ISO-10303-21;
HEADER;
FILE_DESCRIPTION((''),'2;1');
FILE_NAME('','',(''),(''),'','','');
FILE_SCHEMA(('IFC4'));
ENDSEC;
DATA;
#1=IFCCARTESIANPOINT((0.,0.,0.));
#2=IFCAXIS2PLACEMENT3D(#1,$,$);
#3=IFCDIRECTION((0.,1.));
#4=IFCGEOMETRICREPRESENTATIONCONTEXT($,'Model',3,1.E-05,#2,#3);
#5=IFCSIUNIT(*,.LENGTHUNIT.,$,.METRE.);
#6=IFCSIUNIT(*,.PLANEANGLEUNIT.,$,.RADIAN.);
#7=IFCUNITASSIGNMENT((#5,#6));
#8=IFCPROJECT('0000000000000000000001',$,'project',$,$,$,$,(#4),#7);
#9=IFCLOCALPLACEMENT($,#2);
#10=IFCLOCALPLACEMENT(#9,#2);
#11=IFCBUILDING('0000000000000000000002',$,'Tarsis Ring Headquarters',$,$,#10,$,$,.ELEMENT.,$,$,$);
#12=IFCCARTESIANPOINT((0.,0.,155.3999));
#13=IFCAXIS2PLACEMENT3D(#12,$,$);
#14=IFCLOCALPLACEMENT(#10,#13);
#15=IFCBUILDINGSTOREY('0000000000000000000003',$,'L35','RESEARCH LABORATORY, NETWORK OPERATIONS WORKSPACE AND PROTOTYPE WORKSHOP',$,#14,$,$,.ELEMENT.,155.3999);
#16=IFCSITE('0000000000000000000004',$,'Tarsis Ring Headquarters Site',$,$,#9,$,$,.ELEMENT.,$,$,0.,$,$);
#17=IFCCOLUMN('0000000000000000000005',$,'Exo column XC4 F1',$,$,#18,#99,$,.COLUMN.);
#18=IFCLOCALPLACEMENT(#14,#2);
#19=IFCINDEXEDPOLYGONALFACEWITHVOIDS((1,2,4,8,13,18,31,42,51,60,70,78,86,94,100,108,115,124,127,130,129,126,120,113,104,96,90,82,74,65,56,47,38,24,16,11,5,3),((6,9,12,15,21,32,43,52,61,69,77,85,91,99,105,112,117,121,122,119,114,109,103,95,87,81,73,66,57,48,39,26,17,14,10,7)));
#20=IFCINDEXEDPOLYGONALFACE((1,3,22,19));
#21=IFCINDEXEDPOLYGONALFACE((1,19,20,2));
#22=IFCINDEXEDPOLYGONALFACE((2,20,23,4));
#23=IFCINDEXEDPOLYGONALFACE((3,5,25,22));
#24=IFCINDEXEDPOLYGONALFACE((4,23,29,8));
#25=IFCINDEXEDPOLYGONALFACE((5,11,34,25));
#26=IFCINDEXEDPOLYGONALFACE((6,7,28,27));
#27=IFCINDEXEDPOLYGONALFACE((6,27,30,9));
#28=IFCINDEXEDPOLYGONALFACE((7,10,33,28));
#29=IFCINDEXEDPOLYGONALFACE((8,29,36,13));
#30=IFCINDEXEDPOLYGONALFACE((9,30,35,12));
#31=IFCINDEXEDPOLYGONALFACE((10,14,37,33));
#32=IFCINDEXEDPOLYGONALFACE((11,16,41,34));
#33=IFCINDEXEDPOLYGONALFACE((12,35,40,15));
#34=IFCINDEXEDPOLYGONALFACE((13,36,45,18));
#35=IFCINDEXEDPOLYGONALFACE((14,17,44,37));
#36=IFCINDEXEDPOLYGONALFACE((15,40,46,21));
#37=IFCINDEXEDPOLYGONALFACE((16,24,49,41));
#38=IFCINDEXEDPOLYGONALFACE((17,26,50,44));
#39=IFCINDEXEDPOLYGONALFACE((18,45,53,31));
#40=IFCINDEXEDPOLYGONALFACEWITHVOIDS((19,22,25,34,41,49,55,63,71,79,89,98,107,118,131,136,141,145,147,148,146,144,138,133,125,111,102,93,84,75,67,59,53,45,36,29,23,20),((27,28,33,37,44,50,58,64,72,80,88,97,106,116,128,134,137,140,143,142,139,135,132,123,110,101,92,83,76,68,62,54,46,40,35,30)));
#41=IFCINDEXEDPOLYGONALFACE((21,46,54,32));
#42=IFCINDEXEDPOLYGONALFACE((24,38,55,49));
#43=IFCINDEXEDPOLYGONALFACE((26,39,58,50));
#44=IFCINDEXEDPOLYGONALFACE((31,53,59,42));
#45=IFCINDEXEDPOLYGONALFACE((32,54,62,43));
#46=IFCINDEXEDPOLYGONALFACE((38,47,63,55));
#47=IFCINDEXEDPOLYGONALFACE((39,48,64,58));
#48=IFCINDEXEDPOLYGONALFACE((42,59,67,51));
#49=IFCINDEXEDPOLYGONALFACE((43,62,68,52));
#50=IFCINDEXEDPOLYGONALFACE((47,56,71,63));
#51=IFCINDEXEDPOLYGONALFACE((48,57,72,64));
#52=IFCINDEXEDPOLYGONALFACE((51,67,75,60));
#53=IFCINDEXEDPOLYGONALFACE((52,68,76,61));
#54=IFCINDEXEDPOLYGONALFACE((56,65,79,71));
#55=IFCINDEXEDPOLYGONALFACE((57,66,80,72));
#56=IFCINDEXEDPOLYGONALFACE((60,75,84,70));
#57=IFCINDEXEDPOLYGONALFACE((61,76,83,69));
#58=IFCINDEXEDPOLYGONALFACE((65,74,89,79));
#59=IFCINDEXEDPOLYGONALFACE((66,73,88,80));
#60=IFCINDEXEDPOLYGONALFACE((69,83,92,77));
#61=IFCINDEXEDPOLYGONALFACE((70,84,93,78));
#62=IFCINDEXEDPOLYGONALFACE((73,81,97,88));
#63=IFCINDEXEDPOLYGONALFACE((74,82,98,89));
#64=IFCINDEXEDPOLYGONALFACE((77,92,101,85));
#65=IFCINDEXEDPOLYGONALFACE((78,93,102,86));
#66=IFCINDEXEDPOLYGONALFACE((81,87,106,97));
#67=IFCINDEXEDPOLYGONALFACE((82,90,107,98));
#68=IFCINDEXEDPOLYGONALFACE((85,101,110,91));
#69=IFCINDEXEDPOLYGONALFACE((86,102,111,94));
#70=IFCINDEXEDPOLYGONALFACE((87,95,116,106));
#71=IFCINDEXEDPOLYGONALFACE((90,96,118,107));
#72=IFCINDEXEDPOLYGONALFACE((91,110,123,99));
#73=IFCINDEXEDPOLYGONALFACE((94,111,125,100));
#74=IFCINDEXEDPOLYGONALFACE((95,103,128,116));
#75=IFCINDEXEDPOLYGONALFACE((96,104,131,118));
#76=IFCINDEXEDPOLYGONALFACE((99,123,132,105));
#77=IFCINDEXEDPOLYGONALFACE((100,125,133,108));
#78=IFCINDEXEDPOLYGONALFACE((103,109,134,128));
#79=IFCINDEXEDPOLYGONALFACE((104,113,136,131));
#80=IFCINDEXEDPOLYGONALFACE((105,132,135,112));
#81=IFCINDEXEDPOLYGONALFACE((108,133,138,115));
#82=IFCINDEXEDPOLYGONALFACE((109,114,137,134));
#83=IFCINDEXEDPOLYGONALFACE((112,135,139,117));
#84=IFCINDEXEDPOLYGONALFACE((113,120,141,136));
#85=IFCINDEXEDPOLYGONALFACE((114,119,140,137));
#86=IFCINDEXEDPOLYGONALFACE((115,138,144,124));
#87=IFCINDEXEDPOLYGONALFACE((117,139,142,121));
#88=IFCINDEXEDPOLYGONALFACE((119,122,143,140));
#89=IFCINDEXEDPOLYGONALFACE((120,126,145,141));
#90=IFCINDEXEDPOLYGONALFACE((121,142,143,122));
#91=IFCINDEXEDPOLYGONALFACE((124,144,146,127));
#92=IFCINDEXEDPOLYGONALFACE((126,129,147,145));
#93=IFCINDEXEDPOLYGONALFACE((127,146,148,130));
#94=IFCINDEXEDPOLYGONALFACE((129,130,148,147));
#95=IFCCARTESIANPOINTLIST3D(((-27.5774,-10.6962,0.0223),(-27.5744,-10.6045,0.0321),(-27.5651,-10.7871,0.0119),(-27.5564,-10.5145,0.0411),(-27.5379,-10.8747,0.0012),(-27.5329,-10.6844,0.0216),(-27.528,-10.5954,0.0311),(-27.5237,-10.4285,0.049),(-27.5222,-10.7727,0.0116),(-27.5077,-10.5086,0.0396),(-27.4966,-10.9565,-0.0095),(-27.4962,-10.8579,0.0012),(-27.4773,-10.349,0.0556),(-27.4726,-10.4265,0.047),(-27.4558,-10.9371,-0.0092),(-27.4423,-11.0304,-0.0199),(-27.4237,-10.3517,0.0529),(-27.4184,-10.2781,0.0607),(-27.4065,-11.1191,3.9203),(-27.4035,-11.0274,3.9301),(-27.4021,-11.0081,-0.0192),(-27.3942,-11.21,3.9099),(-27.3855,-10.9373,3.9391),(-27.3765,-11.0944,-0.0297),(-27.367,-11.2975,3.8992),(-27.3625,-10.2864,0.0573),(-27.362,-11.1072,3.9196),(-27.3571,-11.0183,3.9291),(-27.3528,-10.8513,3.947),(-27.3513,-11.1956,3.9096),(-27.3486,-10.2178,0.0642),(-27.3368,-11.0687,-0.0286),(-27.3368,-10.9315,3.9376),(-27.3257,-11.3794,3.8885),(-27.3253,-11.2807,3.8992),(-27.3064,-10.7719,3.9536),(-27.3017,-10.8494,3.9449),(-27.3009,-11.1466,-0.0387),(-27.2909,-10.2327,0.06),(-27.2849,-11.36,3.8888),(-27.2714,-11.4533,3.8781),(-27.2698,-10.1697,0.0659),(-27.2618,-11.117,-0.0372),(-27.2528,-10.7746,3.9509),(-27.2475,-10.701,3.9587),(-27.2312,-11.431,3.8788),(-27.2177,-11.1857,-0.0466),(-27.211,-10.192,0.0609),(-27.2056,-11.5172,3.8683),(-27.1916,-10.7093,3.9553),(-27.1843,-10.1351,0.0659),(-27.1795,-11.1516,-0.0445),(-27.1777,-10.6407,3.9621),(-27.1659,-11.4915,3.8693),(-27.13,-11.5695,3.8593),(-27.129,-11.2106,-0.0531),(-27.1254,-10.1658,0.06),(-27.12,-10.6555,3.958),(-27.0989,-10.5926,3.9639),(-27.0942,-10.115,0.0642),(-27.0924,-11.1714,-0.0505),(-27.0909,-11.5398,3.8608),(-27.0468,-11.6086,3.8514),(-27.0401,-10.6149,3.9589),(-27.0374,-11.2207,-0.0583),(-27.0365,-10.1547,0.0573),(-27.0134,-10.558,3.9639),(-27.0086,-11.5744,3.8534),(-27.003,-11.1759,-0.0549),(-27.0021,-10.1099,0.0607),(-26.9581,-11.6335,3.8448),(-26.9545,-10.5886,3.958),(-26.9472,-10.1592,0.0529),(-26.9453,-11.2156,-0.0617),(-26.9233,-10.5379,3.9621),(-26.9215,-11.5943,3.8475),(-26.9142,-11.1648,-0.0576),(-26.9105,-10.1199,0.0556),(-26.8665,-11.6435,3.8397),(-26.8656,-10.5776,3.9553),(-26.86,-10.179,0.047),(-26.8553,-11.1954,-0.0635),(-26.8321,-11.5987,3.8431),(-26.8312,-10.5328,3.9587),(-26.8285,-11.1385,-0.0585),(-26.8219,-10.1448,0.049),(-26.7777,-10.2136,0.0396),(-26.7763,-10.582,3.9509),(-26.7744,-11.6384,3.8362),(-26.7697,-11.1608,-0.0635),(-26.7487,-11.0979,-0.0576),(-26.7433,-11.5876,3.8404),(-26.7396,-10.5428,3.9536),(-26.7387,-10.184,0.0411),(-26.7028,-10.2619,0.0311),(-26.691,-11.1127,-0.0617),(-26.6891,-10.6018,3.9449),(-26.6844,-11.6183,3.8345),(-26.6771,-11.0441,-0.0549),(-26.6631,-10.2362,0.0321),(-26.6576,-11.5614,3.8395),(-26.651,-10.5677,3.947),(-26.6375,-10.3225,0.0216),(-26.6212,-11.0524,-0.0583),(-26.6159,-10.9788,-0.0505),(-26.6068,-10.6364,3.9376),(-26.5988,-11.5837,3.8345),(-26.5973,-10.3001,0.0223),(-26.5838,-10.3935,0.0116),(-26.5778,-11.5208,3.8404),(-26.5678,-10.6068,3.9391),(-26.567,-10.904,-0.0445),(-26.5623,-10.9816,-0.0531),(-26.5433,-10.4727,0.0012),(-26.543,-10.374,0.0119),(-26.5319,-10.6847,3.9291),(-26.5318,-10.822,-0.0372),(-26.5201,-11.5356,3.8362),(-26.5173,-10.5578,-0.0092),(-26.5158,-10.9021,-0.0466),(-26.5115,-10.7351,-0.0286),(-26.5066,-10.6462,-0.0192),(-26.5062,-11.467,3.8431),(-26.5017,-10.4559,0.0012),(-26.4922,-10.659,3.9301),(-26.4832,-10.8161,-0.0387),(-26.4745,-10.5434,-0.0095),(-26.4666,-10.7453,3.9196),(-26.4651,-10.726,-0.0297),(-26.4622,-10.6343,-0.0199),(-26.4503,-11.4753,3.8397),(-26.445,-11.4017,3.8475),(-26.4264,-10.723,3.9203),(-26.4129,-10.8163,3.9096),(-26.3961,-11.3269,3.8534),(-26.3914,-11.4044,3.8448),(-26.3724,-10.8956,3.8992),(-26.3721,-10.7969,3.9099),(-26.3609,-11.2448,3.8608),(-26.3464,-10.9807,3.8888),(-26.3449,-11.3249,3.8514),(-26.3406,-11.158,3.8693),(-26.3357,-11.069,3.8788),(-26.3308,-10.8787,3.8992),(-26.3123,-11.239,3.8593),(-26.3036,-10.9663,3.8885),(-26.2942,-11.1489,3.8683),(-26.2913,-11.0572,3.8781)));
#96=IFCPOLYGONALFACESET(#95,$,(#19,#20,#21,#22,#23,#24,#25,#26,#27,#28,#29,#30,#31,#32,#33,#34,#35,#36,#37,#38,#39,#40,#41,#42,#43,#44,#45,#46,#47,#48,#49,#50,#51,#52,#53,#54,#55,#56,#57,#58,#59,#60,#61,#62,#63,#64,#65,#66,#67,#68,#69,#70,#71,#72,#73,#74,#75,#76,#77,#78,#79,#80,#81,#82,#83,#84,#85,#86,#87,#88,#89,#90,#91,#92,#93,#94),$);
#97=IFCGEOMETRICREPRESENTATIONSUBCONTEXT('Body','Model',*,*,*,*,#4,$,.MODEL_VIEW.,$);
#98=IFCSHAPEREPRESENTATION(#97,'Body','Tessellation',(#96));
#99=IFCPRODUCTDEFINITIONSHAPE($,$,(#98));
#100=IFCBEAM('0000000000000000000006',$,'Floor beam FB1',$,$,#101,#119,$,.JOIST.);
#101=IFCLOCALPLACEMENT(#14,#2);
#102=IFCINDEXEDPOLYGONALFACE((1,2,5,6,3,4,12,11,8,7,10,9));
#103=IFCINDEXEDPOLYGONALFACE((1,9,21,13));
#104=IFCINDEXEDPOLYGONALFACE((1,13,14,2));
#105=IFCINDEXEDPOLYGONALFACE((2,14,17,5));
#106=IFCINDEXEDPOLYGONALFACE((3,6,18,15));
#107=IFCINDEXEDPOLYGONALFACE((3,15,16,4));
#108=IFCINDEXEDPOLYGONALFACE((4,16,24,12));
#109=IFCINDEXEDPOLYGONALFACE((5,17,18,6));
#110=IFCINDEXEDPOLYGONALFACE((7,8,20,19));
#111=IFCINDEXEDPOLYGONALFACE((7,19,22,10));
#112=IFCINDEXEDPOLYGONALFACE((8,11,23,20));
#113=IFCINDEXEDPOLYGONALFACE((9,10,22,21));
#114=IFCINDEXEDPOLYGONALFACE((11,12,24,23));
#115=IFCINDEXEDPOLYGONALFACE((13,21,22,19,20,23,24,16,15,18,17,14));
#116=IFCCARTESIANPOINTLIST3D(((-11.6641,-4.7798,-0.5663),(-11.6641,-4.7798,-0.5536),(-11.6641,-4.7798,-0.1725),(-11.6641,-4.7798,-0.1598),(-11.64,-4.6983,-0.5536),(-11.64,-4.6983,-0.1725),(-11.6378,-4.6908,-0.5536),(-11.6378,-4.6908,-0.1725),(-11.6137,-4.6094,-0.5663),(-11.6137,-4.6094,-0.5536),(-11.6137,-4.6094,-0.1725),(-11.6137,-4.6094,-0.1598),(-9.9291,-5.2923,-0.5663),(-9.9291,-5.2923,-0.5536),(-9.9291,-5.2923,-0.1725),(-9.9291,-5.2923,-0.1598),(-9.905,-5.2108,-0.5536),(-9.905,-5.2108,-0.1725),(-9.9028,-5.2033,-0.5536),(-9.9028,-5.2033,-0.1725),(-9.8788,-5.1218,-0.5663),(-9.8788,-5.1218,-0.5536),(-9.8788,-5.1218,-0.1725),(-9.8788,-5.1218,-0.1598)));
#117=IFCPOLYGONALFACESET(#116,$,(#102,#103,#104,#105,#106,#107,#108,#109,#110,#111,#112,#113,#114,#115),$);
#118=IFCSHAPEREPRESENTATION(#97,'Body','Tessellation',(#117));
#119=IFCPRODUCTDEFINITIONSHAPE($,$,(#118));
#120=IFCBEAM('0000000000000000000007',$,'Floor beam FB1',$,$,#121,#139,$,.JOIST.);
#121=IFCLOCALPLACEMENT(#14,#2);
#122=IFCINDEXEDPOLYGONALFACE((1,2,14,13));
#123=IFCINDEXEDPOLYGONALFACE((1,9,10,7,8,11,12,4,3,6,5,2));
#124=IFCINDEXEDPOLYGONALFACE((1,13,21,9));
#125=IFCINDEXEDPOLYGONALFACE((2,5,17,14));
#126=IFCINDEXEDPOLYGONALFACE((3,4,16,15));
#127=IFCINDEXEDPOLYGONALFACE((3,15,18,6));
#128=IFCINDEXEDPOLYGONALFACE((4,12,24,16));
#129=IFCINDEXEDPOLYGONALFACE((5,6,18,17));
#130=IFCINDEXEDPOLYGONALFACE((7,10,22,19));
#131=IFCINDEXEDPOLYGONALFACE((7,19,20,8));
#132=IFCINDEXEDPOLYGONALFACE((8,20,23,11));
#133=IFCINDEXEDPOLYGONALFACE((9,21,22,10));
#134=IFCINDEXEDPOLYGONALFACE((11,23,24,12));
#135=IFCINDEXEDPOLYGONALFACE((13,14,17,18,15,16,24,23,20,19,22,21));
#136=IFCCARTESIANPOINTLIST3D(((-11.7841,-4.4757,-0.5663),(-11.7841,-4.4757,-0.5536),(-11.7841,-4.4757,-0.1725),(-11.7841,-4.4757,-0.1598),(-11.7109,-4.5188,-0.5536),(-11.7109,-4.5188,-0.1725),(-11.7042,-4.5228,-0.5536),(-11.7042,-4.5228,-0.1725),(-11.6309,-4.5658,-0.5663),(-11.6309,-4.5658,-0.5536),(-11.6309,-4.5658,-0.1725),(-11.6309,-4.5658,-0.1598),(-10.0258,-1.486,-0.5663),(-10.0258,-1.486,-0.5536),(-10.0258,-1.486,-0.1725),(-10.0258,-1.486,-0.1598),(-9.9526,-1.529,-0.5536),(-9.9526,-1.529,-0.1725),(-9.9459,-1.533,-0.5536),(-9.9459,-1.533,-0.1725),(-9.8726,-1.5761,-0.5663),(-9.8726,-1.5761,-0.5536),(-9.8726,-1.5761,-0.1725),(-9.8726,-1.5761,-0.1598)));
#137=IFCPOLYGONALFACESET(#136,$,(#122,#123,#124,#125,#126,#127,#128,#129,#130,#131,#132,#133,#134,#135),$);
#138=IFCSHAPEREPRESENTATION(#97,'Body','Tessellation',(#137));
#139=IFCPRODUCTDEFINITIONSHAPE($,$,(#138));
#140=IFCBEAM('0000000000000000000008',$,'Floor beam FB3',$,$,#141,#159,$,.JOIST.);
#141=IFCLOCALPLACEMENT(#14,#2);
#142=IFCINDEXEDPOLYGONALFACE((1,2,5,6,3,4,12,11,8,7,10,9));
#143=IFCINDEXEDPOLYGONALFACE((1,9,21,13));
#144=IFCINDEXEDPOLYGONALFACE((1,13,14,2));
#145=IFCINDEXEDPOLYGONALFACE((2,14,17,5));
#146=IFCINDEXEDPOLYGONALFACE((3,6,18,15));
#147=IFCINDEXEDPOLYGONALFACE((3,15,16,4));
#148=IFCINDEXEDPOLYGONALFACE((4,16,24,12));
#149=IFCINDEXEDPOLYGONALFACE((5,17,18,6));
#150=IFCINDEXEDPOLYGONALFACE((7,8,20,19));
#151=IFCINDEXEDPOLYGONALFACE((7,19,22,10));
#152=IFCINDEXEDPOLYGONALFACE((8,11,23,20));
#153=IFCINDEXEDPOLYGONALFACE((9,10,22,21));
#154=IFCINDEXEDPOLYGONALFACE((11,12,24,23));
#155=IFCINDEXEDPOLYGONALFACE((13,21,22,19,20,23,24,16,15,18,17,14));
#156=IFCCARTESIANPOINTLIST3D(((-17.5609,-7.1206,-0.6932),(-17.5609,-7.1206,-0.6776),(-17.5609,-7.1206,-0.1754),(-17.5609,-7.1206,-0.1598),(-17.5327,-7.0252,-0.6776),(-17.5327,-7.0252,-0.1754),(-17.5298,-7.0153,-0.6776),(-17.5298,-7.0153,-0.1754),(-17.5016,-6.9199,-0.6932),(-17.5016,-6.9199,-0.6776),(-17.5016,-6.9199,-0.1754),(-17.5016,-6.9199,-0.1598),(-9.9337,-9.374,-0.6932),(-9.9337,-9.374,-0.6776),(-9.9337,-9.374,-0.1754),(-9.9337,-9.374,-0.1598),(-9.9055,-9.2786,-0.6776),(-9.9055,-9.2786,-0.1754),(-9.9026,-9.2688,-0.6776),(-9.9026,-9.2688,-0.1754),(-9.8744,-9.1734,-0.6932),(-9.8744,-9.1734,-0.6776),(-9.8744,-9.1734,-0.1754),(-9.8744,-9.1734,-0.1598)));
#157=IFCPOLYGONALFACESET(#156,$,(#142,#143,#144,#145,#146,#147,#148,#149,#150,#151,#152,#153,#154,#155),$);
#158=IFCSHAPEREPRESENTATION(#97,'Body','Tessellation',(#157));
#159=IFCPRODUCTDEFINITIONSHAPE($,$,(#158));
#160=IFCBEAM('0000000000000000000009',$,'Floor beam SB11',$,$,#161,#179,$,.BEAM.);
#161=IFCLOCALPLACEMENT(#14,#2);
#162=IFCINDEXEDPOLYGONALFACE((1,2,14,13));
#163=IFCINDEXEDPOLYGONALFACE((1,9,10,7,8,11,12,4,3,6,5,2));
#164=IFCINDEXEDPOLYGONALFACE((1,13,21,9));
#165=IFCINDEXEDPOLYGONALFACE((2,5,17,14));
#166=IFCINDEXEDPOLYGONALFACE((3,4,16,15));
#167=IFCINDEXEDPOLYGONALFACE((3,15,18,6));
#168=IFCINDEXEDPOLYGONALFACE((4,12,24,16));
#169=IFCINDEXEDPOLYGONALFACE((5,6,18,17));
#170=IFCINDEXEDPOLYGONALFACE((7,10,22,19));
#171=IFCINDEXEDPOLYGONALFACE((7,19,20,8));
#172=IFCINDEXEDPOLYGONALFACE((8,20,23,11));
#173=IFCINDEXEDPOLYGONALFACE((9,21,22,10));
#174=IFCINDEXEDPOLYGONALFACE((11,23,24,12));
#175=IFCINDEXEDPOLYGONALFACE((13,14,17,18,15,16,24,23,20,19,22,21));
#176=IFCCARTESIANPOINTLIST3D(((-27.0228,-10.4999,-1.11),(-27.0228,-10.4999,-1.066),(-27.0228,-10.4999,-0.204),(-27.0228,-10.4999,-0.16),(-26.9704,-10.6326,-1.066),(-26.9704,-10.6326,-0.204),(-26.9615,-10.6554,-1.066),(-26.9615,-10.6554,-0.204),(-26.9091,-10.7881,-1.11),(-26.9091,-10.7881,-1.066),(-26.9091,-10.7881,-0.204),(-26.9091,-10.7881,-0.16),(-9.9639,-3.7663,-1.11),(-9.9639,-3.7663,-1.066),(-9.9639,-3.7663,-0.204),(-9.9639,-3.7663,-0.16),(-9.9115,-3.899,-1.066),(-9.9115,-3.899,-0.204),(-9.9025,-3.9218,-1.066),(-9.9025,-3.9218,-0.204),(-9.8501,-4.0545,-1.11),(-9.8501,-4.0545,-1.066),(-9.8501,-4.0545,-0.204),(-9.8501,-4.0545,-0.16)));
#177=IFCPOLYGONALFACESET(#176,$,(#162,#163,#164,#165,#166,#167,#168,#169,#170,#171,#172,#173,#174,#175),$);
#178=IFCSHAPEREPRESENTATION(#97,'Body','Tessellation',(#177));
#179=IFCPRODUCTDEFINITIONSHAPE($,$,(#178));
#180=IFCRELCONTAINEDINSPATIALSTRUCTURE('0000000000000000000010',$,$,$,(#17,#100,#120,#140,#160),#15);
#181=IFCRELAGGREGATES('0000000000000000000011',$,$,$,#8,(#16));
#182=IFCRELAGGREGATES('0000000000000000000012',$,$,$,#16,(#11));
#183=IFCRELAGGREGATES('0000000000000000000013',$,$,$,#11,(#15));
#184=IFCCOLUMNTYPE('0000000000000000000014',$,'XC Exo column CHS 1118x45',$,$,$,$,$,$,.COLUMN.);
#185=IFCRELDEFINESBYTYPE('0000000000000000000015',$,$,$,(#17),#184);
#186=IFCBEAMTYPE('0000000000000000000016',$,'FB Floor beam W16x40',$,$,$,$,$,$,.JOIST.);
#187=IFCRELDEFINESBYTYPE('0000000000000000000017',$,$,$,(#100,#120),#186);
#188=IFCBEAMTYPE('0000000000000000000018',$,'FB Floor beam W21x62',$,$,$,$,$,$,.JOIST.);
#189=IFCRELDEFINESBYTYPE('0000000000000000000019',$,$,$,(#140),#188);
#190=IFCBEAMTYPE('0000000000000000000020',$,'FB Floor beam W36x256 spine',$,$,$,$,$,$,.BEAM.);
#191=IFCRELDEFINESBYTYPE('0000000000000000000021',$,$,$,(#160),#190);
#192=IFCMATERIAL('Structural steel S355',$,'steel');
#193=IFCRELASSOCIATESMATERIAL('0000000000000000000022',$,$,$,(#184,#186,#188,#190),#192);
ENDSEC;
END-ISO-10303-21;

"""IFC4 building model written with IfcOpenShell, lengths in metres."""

from ifc_helpers import new_model, si_unit, direction, frame, origin, origin_2d, place, context, subcontext, project, spatial, hollow_circle, i_section, extrude, material, material_profile, profile_set, type_object, element, save


model = new_model("IFC4")

# Units and contexts
model_context = context("Model", 3, precision=1e-05, world=origin(), true_north=direction((0.0, 1.0)))
body_context = subcontext(model_context, "Body", "Model", "MODEL_VIEW")
ifc_project = project(units=[si_unit("LENGTHUNIT", "METRE"), si_unit("PLANEANGLEUNIT", "RADIAN")], contexts=[model_context])

# Site, building, storey
site_placement = place(None, origin())
site = spatial("IfcSite", under=ifc_project, at=site_placement, Name="Tarsis Ring Headquarters Site", CompositionType="ELEMENT", RefElevation=0.0)
building_placement = place(site_placement, origin())
building = spatial("IfcBuilding", under=site, at=building_placement, Name="Tarsis Ring Headquarters", CompositionType="ELEMENT")
storey_placement = place(building_placement, frame((0.0, 0.0, 155.3999)))
storey = spatial("IfcBuildingStorey", under=building, at=storey_placement, Name="L35", Description="RESEARCH LABORATORY, NETWORK OPERATIONS WORKSPACE AND PROTOTYPE WORKSHOP", CompositionType="ELEMENT", Elevation=155.3999)

# Column
ifc_material_1 = material(Name="Structural steel S355", Category="steel")
ifc_material_profile_1 = material_profile(ifc_material_1, hollow_circle(Radius=0.5588, WallThickness=0.0449, at=origin_2d()), Name="CHS 1118x45")
ifc_profile_set_1 = profile_set([ifc_material_profile_1], Name="Structural steel S355")
column_type = type_object("IfcColumnType", Name="XC Exo column CHS 1118x45", PredefinedType="COLUMN", material=ifc_profile_set_1)
column_placement = place(storey_placement, frame((-27.0198, -10.6653, 0.0012), z_axis=(0.043546, -0.107745, 0.993224), x_axis=(0.927142, 0.374711, 0.0)))
element("IfcColumn", 1, at=column_placement, inside=storey, type_object=column_type, Name="Exo column XC4 F1", PredefinedType="COLUMN", context=body_context, shape_type="SweptSolid", body=[
    extrude(hollow_circle(Radius=0.5588, WallThickness=0.0449, at=origin_2d()), origin(), (0.0, 0.0, 1.0), 3.9246),
])

# Beams
ifc_material_profile_2 = material_profile(ifc_material_1, i_section(OverallWidth=0.1777, OverallDepth=0.4065, WebThickness=0.0078, FlangeThickness=0.0127, at=origin_2d()), Name="W16x40")
ifc_profile_set_2 = profile_set([ifc_material_profile_2], Name="Structural steel S355")
beam_type_1 = type_object("IfcBeamType", Name="FB Floor beam W16x40", PredefinedType="JOIST", material=ifc_profile_set_2)
beam_1_placement = place(storey_placement, frame((-11.6389, -4.6946, -0.363), z_axis=(0.959036, -0.283284, 0.0), x_axis=(0.283284, 0.959036, 0.0)))
element("IfcBeam", 2, at=beam_1_placement, inside=storey, type_object=beam_type_1, Name="Floor beam FB1", PredefinedType="JOIST", context=body_context, shape_type="SweptSolid", body=[
    extrude(i_section(OverallWidth=0.1777, OverallDepth=0.4065, WebThickness=0.0078, FlangeThickness=0.0127, at=origin_2d()), origin(), (0.0, 0.0, 1.0), 1.8091),
])
beam_2_placement = place(storey_placement, frame((-9.9492, -1.531, -0.363), z_axis=(-0.50694, -0.861981, 0.0), x_axis=(0.861981, -0.50694, 0.0)))
element("IfcBeam", 3, at=beam_2_placement, inside=storey, type_object=beam_type_1, Name="Floor beam FB1", PredefinedType="JOIST", context=body_context, shape_type="SweptSolid", body=[
    extrude(i_section(OverallWidth=0.1777, OverallDepth=0.4065, WebThickness=0.0078, FlangeThickness=0.0127, at=origin_2d()), origin(), (0.0, 0.0, 1.0), 3.4685),
])
ifc_material_profile_3 = material_profile(ifc_material_1, i_section(OverallWidth=0.2092, OverallDepth=0.5334, WebThickness=0.0103, FlangeThickness=0.0156, at=origin_2d()), Name="W21x62")
ifc_profile_set_3 = profile_set([ifc_material_profile_3], Name="Structural steel S355")
beam_type_2 = type_object("IfcBeamType", Name="FB Floor beam W21x62", PredefinedType="JOIST", material=ifc_profile_set_3)
beam_3_placement = place(storey_placement, frame((-17.5312, -7.0203, -0.4265), z_axis=(0.95902, -0.283338, 0.0), x_axis=(0.283338, 0.95902, 0.0)))
element("IfcBeam", 4, at=beam_3_placement, inside=storey, type_object=beam_type_2, Name="Floor beam FB3", PredefinedType="JOIST", context=body_context, shape_type="SweptSolid", body=[
    extrude(i_section(OverallWidth=0.2092, OverallDepth=0.5334, WebThickness=0.0103, FlangeThickness=0.0156, at=origin_2d()), origin(), (0.0, 0.0, 1.0), 7.9531),
])
ifc_material_profile_4 = material_profile(ifc_material_1, i_section(OverallWidth=0.3098, OverallDepth=0.95, WebThickness=0.0244, FlangeThickness=0.0439, at=origin_2d()), Name="W36x256")
ifc_profile_set_4 = profile_set([ifc_material_profile_4], Name="Structural steel S355")
beam_type_3 = type_object("IfcBeamType", Name="FB Floor beam W36x256 spine", PredefinedType="BEAM", material=ifc_profile_set_4)
beam_4_placement = place(storey_placement, frame((-9.907, -3.9104, -0.635), z_axis=(-0.930159, -0.367157, 0.0), x_axis=(0.367157, -0.930159, 0.0)))
element("IfcBeam", 5, at=beam_4_placement, inside=storey, type_object=beam_type_3, Name="Floor beam SB11", PredefinedType="BEAM", context=body_context, shape_type="SweptSolid", body=[
    extrude(i_section(OverallWidth=0.3098, OverallDepth=0.95, WebThickness=0.0244, FlangeThickness=0.0439, at=origin_2d()), origin(), (0.0, 0.0, 1.0), 18.3398),
])

save(model, "model.ifc")
